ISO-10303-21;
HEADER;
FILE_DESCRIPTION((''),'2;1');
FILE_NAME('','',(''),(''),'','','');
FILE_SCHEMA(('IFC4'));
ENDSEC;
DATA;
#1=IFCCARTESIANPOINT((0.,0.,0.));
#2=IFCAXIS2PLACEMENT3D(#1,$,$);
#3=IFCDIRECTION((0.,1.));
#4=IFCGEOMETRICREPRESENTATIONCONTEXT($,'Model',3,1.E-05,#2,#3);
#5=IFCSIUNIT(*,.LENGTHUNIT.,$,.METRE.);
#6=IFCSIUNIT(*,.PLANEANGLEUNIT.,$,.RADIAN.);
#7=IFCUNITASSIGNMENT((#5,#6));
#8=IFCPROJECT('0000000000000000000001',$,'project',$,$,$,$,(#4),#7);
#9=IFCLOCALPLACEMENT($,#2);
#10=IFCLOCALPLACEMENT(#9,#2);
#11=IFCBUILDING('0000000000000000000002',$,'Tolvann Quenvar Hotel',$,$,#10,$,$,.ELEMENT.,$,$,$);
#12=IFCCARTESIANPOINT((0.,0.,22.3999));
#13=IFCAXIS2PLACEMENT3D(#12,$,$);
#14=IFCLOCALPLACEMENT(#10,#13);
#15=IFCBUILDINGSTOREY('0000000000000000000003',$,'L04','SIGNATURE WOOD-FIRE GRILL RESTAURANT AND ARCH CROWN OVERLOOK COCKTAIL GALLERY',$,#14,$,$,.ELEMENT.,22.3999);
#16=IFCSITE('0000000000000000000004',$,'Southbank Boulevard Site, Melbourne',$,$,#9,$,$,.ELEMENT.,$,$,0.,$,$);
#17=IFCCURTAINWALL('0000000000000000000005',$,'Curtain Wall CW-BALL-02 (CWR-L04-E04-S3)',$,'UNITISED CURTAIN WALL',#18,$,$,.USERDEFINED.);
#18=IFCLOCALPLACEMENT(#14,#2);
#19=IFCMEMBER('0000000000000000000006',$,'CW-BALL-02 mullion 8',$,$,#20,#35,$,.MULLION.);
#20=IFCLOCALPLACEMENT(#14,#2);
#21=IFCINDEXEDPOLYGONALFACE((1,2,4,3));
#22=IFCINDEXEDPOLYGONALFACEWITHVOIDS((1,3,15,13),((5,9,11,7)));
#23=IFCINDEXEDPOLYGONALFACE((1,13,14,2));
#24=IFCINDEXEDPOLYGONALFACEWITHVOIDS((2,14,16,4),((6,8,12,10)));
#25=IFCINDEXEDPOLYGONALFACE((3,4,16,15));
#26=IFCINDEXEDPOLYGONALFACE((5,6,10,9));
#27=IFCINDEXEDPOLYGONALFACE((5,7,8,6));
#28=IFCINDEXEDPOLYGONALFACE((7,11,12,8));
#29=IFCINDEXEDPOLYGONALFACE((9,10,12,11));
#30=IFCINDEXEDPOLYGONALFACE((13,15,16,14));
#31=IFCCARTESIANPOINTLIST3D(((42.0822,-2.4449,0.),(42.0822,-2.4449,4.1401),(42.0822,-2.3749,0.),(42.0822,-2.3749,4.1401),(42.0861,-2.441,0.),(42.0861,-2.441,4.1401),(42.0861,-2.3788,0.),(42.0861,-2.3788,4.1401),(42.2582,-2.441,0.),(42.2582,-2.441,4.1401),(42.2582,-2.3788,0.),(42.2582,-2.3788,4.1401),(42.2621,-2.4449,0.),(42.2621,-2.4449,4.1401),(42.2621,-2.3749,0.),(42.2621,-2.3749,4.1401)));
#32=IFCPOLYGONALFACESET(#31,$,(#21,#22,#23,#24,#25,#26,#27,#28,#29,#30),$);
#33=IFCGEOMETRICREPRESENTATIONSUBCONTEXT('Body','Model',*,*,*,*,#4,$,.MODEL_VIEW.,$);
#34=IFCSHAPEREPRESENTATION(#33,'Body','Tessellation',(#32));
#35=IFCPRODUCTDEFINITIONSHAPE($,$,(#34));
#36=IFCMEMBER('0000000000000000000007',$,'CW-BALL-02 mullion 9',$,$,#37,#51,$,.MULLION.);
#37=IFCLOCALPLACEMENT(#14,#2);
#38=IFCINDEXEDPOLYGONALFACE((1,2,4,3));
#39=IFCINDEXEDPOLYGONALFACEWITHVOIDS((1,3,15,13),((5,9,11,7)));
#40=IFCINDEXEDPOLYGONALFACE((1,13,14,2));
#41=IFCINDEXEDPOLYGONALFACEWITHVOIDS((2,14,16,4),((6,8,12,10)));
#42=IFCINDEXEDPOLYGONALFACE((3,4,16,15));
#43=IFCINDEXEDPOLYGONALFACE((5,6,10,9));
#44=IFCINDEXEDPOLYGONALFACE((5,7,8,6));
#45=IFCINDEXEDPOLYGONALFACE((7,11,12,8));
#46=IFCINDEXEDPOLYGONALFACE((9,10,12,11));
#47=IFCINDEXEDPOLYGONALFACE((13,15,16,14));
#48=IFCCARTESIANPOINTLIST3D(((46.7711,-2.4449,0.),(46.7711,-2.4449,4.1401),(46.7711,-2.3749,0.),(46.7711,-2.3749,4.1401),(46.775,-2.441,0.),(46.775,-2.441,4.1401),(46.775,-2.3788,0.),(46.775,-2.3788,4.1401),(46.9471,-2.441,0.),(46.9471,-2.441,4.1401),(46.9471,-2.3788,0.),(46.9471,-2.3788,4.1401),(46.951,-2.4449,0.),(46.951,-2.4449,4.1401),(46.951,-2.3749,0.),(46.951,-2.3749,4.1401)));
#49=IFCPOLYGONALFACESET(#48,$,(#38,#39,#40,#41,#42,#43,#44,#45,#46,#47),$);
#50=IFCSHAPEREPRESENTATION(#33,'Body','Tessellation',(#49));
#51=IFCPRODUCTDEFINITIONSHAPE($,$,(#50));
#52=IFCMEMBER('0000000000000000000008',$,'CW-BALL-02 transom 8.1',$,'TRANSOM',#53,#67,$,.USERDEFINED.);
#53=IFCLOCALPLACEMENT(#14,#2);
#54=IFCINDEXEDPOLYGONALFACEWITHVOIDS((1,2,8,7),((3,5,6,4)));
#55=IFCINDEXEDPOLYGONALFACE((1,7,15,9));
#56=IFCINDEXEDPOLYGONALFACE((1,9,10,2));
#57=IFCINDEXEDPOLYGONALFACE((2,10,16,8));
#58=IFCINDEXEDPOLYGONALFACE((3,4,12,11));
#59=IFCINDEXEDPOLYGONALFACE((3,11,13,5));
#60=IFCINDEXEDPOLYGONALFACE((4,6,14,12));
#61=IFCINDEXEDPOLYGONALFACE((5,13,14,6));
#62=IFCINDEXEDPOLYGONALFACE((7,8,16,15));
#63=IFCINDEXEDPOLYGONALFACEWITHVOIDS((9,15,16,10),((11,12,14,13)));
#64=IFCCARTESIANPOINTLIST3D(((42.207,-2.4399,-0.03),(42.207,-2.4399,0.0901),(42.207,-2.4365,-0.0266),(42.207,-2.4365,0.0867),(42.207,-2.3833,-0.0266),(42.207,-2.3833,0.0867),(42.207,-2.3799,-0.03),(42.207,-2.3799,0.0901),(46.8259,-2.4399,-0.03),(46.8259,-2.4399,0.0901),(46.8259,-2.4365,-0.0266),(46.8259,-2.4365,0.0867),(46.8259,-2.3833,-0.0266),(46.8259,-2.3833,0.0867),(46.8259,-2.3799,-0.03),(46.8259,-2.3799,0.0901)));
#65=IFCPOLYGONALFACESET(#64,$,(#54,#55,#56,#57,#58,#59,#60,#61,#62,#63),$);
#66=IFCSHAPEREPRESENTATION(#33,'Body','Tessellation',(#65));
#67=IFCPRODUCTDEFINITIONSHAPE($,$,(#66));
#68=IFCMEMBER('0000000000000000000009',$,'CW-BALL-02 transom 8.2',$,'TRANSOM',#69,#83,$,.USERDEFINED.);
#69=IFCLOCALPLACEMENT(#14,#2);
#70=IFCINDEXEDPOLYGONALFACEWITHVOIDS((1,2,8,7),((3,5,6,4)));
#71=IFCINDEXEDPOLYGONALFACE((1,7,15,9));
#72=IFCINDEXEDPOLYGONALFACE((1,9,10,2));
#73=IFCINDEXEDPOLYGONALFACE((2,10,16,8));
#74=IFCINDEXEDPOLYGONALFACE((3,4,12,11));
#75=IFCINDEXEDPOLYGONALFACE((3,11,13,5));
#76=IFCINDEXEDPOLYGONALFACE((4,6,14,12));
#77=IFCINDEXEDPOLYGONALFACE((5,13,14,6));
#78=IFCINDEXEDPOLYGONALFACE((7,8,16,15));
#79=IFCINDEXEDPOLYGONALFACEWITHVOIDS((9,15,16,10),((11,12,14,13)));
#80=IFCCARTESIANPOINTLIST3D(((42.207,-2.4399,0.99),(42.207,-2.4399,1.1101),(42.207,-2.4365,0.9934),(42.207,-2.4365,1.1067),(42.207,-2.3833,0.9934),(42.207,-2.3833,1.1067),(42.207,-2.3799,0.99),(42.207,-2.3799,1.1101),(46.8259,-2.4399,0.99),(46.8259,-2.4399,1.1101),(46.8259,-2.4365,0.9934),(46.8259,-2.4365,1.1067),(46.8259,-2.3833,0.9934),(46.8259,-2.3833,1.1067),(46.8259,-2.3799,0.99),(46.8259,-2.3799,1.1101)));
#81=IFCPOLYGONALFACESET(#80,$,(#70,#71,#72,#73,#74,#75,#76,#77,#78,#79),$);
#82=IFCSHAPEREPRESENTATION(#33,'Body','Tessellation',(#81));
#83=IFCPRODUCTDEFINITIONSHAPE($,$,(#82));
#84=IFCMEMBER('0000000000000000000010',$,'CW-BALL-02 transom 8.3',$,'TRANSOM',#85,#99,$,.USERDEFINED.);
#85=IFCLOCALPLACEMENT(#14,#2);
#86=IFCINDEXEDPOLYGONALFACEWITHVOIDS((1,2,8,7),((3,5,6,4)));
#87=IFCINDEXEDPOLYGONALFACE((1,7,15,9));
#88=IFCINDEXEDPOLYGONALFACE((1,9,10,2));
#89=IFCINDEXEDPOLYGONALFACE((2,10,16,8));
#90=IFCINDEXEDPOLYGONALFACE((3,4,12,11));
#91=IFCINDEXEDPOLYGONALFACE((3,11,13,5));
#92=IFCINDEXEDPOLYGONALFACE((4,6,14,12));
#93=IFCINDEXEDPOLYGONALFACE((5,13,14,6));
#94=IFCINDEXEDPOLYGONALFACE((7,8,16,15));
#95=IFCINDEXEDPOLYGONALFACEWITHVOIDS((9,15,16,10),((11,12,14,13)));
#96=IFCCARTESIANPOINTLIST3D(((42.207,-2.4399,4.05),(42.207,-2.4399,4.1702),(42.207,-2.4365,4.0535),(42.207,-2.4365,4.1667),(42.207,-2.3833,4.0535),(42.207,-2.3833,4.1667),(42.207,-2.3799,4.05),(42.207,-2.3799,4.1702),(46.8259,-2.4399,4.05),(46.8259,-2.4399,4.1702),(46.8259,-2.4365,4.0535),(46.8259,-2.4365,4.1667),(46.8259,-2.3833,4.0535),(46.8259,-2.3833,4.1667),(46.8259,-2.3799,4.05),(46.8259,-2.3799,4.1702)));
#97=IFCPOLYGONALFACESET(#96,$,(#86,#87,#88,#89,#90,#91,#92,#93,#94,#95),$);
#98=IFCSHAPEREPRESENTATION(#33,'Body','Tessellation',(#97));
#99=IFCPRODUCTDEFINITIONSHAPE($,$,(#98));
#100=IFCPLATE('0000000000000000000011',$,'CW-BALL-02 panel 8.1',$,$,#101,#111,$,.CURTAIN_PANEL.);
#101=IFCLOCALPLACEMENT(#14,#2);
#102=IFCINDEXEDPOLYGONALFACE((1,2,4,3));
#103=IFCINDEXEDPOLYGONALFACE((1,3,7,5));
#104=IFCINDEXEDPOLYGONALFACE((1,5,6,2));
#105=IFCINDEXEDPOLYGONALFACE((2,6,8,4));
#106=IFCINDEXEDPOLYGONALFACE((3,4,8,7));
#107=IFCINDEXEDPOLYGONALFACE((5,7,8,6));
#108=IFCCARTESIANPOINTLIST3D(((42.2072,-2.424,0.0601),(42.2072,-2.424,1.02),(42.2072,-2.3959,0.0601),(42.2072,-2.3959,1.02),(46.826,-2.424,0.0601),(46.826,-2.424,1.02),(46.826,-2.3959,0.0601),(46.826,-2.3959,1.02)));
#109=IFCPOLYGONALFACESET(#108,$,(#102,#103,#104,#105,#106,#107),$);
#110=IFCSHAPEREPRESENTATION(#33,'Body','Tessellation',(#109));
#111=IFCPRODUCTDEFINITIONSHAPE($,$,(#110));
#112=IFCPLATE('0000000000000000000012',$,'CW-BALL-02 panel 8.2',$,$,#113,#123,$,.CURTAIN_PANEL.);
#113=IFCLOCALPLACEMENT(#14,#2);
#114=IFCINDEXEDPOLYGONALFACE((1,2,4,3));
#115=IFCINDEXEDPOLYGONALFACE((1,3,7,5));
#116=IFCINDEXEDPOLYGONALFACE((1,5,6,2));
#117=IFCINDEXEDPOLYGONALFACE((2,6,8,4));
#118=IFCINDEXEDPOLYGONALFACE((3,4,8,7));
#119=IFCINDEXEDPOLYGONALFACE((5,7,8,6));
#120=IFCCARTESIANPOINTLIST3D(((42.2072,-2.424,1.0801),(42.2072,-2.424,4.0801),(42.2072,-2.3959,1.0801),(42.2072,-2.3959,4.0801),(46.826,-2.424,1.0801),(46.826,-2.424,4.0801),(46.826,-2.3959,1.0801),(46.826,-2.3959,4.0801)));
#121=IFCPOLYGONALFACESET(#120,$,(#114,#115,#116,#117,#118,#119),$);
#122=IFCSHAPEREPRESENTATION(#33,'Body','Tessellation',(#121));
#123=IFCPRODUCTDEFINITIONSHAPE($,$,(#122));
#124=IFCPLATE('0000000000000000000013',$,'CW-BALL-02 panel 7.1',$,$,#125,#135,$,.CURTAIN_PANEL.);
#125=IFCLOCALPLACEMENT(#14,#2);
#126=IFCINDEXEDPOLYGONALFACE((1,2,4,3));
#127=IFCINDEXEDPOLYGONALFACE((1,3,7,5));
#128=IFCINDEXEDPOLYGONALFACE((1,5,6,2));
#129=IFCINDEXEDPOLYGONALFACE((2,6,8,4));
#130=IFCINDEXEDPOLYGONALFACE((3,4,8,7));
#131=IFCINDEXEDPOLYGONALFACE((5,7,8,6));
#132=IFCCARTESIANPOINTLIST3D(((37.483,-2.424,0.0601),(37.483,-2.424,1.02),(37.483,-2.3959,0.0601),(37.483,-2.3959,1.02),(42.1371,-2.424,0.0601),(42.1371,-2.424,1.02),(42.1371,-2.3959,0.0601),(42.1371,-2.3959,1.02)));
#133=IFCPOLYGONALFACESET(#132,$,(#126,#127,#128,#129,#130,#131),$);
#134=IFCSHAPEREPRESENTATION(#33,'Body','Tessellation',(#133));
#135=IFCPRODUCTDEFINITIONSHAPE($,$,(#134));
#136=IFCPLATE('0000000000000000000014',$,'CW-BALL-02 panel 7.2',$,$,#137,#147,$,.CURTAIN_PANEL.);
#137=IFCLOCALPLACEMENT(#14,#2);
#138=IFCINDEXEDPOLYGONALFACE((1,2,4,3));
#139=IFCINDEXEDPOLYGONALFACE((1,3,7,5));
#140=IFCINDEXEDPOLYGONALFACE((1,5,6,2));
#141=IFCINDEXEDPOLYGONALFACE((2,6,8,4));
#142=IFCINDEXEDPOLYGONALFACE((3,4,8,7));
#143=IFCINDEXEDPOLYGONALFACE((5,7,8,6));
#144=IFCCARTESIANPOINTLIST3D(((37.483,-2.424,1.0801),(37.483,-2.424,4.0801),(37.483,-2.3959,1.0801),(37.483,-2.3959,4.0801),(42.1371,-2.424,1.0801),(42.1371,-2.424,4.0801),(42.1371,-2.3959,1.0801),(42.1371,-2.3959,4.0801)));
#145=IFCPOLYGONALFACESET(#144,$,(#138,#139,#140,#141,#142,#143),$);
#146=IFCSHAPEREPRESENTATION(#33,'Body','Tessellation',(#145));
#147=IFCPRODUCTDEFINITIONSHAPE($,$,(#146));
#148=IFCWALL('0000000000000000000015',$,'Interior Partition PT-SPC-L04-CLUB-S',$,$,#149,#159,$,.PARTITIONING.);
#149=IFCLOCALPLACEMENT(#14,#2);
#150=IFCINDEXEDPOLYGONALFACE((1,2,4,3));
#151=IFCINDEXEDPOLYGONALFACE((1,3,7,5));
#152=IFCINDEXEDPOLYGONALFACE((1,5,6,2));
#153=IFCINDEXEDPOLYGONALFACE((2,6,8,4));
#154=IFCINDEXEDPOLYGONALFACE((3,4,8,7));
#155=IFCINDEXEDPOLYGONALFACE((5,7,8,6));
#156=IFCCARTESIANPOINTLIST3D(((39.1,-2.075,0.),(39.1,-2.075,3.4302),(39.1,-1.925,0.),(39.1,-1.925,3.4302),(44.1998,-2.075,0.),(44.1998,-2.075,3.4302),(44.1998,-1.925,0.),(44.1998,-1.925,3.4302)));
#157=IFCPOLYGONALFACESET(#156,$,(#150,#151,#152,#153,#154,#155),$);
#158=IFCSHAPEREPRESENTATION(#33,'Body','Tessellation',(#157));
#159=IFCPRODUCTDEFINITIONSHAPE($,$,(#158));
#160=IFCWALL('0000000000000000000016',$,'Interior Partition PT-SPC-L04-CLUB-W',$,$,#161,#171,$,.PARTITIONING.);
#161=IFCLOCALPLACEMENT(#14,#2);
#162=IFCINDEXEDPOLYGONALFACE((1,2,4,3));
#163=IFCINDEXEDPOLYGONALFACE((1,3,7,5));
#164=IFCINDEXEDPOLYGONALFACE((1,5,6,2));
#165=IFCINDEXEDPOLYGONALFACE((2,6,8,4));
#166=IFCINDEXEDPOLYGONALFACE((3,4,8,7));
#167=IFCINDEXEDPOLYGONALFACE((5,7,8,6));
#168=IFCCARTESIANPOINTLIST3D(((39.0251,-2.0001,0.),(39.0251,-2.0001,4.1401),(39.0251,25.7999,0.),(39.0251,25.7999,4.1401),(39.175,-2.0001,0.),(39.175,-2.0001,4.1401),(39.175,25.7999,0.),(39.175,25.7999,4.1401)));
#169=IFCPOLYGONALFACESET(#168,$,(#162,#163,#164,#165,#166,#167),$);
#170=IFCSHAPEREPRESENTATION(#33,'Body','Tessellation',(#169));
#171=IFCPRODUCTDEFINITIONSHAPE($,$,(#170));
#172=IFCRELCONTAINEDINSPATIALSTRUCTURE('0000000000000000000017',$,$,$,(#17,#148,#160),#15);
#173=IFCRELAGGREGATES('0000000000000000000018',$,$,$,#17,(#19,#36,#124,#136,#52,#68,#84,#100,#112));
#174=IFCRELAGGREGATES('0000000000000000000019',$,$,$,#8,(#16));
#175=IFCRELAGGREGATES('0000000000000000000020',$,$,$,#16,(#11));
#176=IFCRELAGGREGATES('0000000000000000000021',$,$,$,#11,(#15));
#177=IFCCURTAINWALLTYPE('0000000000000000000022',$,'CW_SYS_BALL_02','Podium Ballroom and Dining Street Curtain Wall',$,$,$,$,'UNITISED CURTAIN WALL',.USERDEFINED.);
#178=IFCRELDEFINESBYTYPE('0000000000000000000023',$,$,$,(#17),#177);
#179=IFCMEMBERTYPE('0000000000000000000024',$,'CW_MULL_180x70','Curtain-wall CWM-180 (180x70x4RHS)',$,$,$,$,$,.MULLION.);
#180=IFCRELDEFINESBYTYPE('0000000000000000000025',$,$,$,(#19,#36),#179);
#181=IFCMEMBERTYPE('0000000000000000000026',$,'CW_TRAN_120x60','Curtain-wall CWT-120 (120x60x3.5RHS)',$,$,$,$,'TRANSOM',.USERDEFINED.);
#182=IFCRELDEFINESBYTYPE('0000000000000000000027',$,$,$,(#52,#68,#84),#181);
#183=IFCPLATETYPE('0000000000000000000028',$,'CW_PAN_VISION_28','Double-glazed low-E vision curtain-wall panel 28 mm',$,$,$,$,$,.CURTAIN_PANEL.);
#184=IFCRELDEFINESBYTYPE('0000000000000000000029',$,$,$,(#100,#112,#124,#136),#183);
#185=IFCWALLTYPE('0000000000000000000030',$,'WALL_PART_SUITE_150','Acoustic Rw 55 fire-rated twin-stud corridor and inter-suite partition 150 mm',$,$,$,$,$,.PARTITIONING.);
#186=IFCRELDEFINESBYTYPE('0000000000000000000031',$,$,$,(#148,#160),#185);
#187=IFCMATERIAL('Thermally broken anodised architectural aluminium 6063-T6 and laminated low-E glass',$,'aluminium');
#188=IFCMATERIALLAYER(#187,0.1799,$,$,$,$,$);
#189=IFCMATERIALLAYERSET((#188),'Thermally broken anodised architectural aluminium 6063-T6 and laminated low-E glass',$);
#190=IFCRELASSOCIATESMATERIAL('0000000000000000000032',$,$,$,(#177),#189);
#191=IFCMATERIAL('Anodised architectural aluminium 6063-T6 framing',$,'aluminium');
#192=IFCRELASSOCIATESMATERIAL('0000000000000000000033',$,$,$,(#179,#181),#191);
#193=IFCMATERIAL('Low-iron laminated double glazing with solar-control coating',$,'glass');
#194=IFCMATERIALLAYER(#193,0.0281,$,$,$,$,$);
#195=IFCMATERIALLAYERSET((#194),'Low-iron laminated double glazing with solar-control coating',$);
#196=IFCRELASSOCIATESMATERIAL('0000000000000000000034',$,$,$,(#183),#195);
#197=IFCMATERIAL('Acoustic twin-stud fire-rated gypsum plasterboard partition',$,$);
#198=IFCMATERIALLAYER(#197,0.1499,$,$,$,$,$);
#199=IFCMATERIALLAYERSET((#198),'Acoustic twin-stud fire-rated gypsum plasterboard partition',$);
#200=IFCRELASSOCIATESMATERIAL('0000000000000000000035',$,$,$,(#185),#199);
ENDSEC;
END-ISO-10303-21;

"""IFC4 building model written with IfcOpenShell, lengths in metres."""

from ifc_helpers import new_model, si_unit, direction, frame, frame_2d, origin, origin_2d, place, context, subcontext, project, spatial, rectangle, hollow_rectangle, extrude, source, transform, mapped, material, layer, layer_set, material_profile, profile_set, type_object, type_shapes, element, aggregate, save


model = new_model("IFC4")

# Units and contexts
model_context = context("Model", 3, precision=1e-05, world=origin(), true_north=direction((0.0, 1.0)))
body_context = subcontext(model_context, "Body", "Model", "MODEL_VIEW")
ifc_project = project(units=[si_unit("LENGTHUNIT", "METRE"), si_unit("PLANEANGLEUNIT", "RADIAN")], contexts=[model_context])

# Site, building, storey
site_placement = place(None, origin())
site = spatial("IfcSite", under=ifc_project, at=site_placement, Name="Southbank Boulevard Site, Melbourne", CompositionType="ELEMENT", RefElevation=0.0)
building_placement = place(site_placement, origin())
building = spatial("IfcBuilding", under=site, at=building_placement, Name="Tolvann Quenvar Hotel", CompositionType="ELEMENT")
storey_placement = place(building_placement, frame((0.0, 0.0, 22.3999)))
storey = spatial("IfcBuildingStorey", under=building, at=storey_placement, Name="L04", Description="SIGNATURE WOOD-FIRE GRILL RESTAURANT AND ARCH CROWN OVERLOOK COCKTAIL GALLERY", CompositionType="ELEMENT", Elevation=22.3999)

# Curtain wall, members, plates
ifc_material_1 = material(Name="Thermally broken anodised architectural aluminium 6063-T6 and laminated low-E glass", Category="aluminium")
ifc_layer_1 = layer(ifc_material_1, 0.1799)
ifc_layer_set_1 = layer_set([ifc_layer_1], Name="Thermally broken anodised architectural aluminium 6063-T6 and laminated low-E glass")
curtain_wall_type = type_object("IfcCurtainWallType", Name="CW_SYS_BALL_02", Description="Podium Ballroom and Dining Street Curtain Wall", ElementType="UNITISED CURTAIN WALL", PredefinedType="USERDEFINED", material=ifc_layer_set_1)
curtain_wall_placement = place(storey_placement, origin())
curtain_wall = element("IfcCurtainWall", 1, at=curtain_wall_placement, inside=storey, type_object=curtain_wall_type, Name="Curtain Wall CW-BALL-02 (CWR-L04-E04-S3)", ObjectType="UNITISED CURTAIN WALL", PredefinedType="USERDEFINED")
ifc_material_2 = material(Name="Anodised architectural aluminium 6063-T6 framing", Category="aluminium")
ifc_material_profile_1 = material_profile(ifc_material_2, hollow_rectangle(XDim=0.0701, YDim=0.1799, WallThickness=0.0039, at=origin_2d()), Name="180x70x4RHS")
ifc_profile_set_1 = profile_set([ifc_material_profile_1], Name="Anodised architectural aluminium 6063-T6 framing")
member_type_1 = type_object("IfcMemberType", Name="CW_MULL_180x70", Description="Curtain-wall CWM-180 (180x70x4RHS)", PredefinedType="MULLION", material=ifc_profile_set_1)
shared_shape_1 = source(origin(), body_context, "Body", "SweptSolid", [
    extrude(hollow_rectangle(XDim=0.0701, YDim=0.1799, WallThickness=0.0039, at=origin_2d()), origin(), (0.0, 0.0, 1.0), 4.1401),
])
type_shapes(member_type_1, [shared_shape_1])
member_1_placement = place(storey_placement, frame((42.1721, -2.4099, 0.0), z_axis=(0.0, 0.0, 1.0), x_axis=(0.0, 1.0, 0.0)))
member_1 = element("IfcMember", 2, at=member_1_placement, type_object=member_type_1, Name="CW-BALL-02 mullion 8", PredefinedType="MULLION", context=body_context, shape_type="MappedRepresentation", body=[
    mapped(shared_shape_1, transform((0.0, 0.0, 0.0), x_axis=(1.0, 0.0, 0.0), y_axis=(0.0, 1.0, 0.0), z_axis=(0.0, 0.0, 1.0), scale=1.0)),
])
member_2_placement = place(storey_placement, frame((46.8611, -2.4099, 0.0), z_axis=(0.0, 0.0, 1.0), x_axis=(0.0, 1.0, 0.0)))
member_2 = element("IfcMember", 3, at=member_2_placement, type_object=member_type_1, Name="CW-BALL-02 mullion 9", PredefinedType="MULLION", context=body_context, shape_type="MappedRepresentation", body=[
    mapped(shared_shape_1, transform((0.0, 0.0, 0.0), x_axis=(1.0, 0.0, 0.0), y_axis=(0.0, 1.0, 0.0), z_axis=(0.0, 0.0, 1.0), scale=1.0)),
])
ifc_material_profile_2 = material_profile(ifc_material_2, hollow_rectangle(XDim=0.0601, YDim=0.1201, WallThickness=0.0034, at=origin_2d()), Name="120x60x3.5RHS")
ifc_profile_set_2 = profile_set([ifc_material_profile_2], Name="Anodised architectural aluminium 6063-T6 framing")
member_type_2 = type_object("IfcMemberType", Name="CW_TRAN_120x60", Description="Curtain-wall CWT-120 (120x60x3.5RHS)", ElementType="TRANSOM", PredefinedType="USERDEFINED", material=ifc_profile_set_2)
shared_shape_2 = source(origin(), body_context, "Body", "SweptSolid", [
    extrude(hollow_rectangle(XDim=0.0601, YDim=0.1201, WallThickness=0.0034, at=origin_2d()), origin(), (0.0, 0.0, 1.0), 4.6189),
])
type_shapes(member_type_2, [shared_shape_2])
member_3_placement = place(storey_placement, frame((42.207, -2.4099, 0.03), z_axis=(1.0, 0.0, 0.0), x_axis=(0.0, 1.0, 0.0)))
member_3 = element("IfcMember", 4, at=member_3_placement, type_object=member_type_2, Name="CW-BALL-02 transom 8.1", ObjectType="TRANSOM", PredefinedType="USERDEFINED", context=body_context, shape_type="MappedRepresentation", body=[
    mapped(shared_shape_2, transform((0.0, 0.0, 0.0), x_axis=(1.0, 0.0, 0.0), y_axis=(0.0, 1.0, 0.0), z_axis=(0.0, 0.0, 1.0), scale=1.0)),
])
member_4_placement = place(storey_placement, frame((42.207, -2.4099, 1.05), z_axis=(1.0, 0.0, 0.0), x_axis=(0.0, 1.0, 0.0)))
member_4 = element("IfcMember", 5, at=member_4_placement, type_object=member_type_2, Name="CW-BALL-02 transom 8.2", ObjectType="TRANSOM", PredefinedType="USERDEFINED", context=body_context, shape_type="MappedRepresentation", body=[
    mapped(shared_shape_2, transform((0.0, 0.0, 0.0), x_axis=(1.0, 0.0, 0.0), y_axis=(0.0, 1.0, 0.0), z_axis=(0.0, 0.0, 1.0), scale=1.0)),
])
member_5_placement = place(storey_placement, frame((42.207, -2.4099, 4.1101), z_axis=(1.0, 0.0, 0.0), x_axis=(0.0, 1.0, 0.0)))
member_5 = element("IfcMember", 6, at=member_5_placement, type_object=member_type_2, Name="CW-BALL-02 transom 8.3", ObjectType="TRANSOM", PredefinedType="USERDEFINED", context=body_context, shape_type="MappedRepresentation", body=[
    mapped(shared_shape_2, transform((0.0, 0.0, 0.0), x_axis=(1.0, 0.0, 0.0), y_axis=(0.0, 1.0, 0.0), z_axis=(0.0, 0.0, 1.0), scale=1.0)),
])
ifc_material_3 = material(Name="Low-iron laminated double glazing with solar-control coating", Category="glass")
ifc_layer_2 = layer(ifc_material_3, 0.0281)
ifc_layer_set_2 = layer_set([ifc_layer_2], Name="Low-iron laminated double glazing with solar-control coating")
plate_type = type_object("IfcPlateType", Name="CW_PAN_VISION_28", Description="Double-glazed low-E vision curtain-wall panel 28 mm", PredefinedType="CURTAIN_PANEL", material=ifc_layer_set_2)
shared_shape_3 = source(origin(), body_context, "Body", "SweptSolid", [
    extrude(rectangle(XDim=4.6189, YDim=0.0281, at=origin_2d()), origin(), (0.0, 0.0, 1.0), 0.96),
])
plate_1_placement = place(storey_placement, frame((44.5166, -2.4099, 0.0601), z_axis=(0.0, 0.0, 1.0), x_axis=(1.0, 0.0, 0.0)))
plate_1 = element("IfcPlate", 7, at=plate_1_placement, type_object=plate_type, Name="CW-BALL-02 panel 8.1", PredefinedType="CURTAIN_PANEL", context=body_context, shape_type="MappedRepresentation", body=[
    mapped(shared_shape_3, transform((0.0, 0.0, 0.0), x_axis=(1.0, 0.0, 0.0), y_axis=(0.0, 1.0, 0.0), z_axis=(0.0, 0.0, 1.0), scale=1.0)),
])
shared_shape_4 = source(origin(), body_context, "Body", "SweptSolid", [
    extrude(rectangle(XDim=4.6189, YDim=0.0281, at=origin_2d()), origin(), (0.0, 0.0, 1.0), 3.0),
])
plate_2_placement = place(storey_placement, frame((44.5166, -2.4099, 1.0801), z_axis=(0.0, 0.0, 1.0), x_axis=(1.0, 0.0, 0.0)))
plate_2 = element("IfcPlate", 8, at=plate_2_placement, type_object=plate_type, Name="CW-BALL-02 panel 8.2", PredefinedType="CURTAIN_PANEL", context=body_context, shape_type="MappedRepresentation", body=[
    mapped(shared_shape_4, transform((0.0, 0.0, 0.0), x_axis=(1.0, 0.0, 0.0), y_axis=(0.0, 1.0, 0.0), z_axis=(0.0, 0.0, 1.0), scale=1.0)),
])
shared_shape_5 = source(origin(), body_context, "Body", "SweptSolid", [
    extrude(rectangle(XDim=4.6541, YDim=0.0281, at=origin_2d()), origin(), (0.0, 0.0, 1.0), 0.96),
])
plate_3_placement = place(storey_placement, frame((39.8101, -2.4099, 0.0601), z_axis=(0.0, 0.0, 1.0), x_axis=(1.0, 0.0, 0.0)))
plate_3 = element("IfcPlate", 9, at=plate_3_placement, type_object=plate_type, Name="CW-BALL-02 panel 7.1", PredefinedType="CURTAIN_PANEL", context=body_context, shape_type="MappedRepresentation", body=[
    mapped(shared_shape_5, transform((0.0, 0.0, 0.0), x_axis=(1.0, 0.0, 0.0), y_axis=(0.0, 1.0, 0.0), z_axis=(0.0, 0.0, 1.0), scale=1.0)),
])
shared_shape_6 = source(origin(), body_context, "Body", "SweptSolid", [
    extrude(rectangle(XDim=4.6541, YDim=0.0281, at=origin_2d()), origin(), (0.0, 0.0, 1.0), 3.0),
])
type_shapes(plate_type, [shared_shape_3, shared_shape_4, shared_shape_5, shared_shape_6])
plate_4_placement = place(storey_placement, frame((39.8101, -2.4099, 1.0801), z_axis=(0.0, 0.0, 1.0), x_axis=(1.0, 0.0, 0.0)))
plate_4 = element("IfcPlate", 10, at=plate_4_placement, type_object=plate_type, Name="CW-BALL-02 panel 7.2", PredefinedType="CURTAIN_PANEL", context=body_context, shape_type="MappedRepresentation", body=[
    mapped(shared_shape_6, transform((0.0, 0.0, 0.0), x_axis=(1.0, 0.0, 0.0), y_axis=(0.0, 1.0, 0.0), z_axis=(0.0, 0.0, 1.0), scale=1.0)),
])
aggregate(curtain_wall, [member_1, member_2, plate_3, plate_4, member_3, member_4, member_5, plate_1, plate_2])

# Walls
ifc_material_4 = material(Name="Acoustic twin-stud fire-rated gypsum plasterboard partition")
ifc_layer_3 = layer(ifc_material_4, 0.1499)
ifc_layer_set_3 = layer_set([ifc_layer_3], Name="Acoustic twin-stud fire-rated gypsum plasterboard partition")
wall_type = type_object("IfcWallType", Name="WALL_PART_SUITE_150", Description="Acoustic Rw 55 fire-rated twin-stud corridor and inter-suite partition 150 mm", PredefinedType="PARTITIONING", material=ifc_layer_set_3)
wall_1_placement = place(storey_placement, frame((39.1001, -2.0, 0.0), z_axis=(0.0, 0.0, 1.0), x_axis=(1.0, 0.0, 0.0)))
element("IfcWall", 11, at=wall_1_placement, inside=storey, type_object=wall_type, Name="Interior Partition PT-SPC-L04-CLUB-S", PredefinedType="PARTITIONING", context=body_context, shape_type="SweptSolid", body=[
    extrude(rectangle(XDim=5.0999, YDim=0.1499, at=frame_2d((2.5498, 0.0))), origin(), (0.0, 0.0, 1.0), 3.4302),
])
wall_2_placement = place(storey_placement, frame((39.1001, -2.0, 0.0), z_axis=(0.0, 0.0, 1.0), x_axis=(0.0, 1.0, 0.0)))
element("IfcWall", 12, at=wall_2_placement, inside=storey, type_object=wall_type, Name="Interior Partition PT-SPC-L04-CLUB-W", PredefinedType="PARTITIONING", context=body_context, shape_type="SweptSolid", body=[
    extrude(rectangle(XDim=27.8, YDim=0.1499, at=frame_2d((13.8999, 0.0))), origin(), (0.0, 0.0, 1.0), 4.1401),
])

save(model, "model.ifc")
